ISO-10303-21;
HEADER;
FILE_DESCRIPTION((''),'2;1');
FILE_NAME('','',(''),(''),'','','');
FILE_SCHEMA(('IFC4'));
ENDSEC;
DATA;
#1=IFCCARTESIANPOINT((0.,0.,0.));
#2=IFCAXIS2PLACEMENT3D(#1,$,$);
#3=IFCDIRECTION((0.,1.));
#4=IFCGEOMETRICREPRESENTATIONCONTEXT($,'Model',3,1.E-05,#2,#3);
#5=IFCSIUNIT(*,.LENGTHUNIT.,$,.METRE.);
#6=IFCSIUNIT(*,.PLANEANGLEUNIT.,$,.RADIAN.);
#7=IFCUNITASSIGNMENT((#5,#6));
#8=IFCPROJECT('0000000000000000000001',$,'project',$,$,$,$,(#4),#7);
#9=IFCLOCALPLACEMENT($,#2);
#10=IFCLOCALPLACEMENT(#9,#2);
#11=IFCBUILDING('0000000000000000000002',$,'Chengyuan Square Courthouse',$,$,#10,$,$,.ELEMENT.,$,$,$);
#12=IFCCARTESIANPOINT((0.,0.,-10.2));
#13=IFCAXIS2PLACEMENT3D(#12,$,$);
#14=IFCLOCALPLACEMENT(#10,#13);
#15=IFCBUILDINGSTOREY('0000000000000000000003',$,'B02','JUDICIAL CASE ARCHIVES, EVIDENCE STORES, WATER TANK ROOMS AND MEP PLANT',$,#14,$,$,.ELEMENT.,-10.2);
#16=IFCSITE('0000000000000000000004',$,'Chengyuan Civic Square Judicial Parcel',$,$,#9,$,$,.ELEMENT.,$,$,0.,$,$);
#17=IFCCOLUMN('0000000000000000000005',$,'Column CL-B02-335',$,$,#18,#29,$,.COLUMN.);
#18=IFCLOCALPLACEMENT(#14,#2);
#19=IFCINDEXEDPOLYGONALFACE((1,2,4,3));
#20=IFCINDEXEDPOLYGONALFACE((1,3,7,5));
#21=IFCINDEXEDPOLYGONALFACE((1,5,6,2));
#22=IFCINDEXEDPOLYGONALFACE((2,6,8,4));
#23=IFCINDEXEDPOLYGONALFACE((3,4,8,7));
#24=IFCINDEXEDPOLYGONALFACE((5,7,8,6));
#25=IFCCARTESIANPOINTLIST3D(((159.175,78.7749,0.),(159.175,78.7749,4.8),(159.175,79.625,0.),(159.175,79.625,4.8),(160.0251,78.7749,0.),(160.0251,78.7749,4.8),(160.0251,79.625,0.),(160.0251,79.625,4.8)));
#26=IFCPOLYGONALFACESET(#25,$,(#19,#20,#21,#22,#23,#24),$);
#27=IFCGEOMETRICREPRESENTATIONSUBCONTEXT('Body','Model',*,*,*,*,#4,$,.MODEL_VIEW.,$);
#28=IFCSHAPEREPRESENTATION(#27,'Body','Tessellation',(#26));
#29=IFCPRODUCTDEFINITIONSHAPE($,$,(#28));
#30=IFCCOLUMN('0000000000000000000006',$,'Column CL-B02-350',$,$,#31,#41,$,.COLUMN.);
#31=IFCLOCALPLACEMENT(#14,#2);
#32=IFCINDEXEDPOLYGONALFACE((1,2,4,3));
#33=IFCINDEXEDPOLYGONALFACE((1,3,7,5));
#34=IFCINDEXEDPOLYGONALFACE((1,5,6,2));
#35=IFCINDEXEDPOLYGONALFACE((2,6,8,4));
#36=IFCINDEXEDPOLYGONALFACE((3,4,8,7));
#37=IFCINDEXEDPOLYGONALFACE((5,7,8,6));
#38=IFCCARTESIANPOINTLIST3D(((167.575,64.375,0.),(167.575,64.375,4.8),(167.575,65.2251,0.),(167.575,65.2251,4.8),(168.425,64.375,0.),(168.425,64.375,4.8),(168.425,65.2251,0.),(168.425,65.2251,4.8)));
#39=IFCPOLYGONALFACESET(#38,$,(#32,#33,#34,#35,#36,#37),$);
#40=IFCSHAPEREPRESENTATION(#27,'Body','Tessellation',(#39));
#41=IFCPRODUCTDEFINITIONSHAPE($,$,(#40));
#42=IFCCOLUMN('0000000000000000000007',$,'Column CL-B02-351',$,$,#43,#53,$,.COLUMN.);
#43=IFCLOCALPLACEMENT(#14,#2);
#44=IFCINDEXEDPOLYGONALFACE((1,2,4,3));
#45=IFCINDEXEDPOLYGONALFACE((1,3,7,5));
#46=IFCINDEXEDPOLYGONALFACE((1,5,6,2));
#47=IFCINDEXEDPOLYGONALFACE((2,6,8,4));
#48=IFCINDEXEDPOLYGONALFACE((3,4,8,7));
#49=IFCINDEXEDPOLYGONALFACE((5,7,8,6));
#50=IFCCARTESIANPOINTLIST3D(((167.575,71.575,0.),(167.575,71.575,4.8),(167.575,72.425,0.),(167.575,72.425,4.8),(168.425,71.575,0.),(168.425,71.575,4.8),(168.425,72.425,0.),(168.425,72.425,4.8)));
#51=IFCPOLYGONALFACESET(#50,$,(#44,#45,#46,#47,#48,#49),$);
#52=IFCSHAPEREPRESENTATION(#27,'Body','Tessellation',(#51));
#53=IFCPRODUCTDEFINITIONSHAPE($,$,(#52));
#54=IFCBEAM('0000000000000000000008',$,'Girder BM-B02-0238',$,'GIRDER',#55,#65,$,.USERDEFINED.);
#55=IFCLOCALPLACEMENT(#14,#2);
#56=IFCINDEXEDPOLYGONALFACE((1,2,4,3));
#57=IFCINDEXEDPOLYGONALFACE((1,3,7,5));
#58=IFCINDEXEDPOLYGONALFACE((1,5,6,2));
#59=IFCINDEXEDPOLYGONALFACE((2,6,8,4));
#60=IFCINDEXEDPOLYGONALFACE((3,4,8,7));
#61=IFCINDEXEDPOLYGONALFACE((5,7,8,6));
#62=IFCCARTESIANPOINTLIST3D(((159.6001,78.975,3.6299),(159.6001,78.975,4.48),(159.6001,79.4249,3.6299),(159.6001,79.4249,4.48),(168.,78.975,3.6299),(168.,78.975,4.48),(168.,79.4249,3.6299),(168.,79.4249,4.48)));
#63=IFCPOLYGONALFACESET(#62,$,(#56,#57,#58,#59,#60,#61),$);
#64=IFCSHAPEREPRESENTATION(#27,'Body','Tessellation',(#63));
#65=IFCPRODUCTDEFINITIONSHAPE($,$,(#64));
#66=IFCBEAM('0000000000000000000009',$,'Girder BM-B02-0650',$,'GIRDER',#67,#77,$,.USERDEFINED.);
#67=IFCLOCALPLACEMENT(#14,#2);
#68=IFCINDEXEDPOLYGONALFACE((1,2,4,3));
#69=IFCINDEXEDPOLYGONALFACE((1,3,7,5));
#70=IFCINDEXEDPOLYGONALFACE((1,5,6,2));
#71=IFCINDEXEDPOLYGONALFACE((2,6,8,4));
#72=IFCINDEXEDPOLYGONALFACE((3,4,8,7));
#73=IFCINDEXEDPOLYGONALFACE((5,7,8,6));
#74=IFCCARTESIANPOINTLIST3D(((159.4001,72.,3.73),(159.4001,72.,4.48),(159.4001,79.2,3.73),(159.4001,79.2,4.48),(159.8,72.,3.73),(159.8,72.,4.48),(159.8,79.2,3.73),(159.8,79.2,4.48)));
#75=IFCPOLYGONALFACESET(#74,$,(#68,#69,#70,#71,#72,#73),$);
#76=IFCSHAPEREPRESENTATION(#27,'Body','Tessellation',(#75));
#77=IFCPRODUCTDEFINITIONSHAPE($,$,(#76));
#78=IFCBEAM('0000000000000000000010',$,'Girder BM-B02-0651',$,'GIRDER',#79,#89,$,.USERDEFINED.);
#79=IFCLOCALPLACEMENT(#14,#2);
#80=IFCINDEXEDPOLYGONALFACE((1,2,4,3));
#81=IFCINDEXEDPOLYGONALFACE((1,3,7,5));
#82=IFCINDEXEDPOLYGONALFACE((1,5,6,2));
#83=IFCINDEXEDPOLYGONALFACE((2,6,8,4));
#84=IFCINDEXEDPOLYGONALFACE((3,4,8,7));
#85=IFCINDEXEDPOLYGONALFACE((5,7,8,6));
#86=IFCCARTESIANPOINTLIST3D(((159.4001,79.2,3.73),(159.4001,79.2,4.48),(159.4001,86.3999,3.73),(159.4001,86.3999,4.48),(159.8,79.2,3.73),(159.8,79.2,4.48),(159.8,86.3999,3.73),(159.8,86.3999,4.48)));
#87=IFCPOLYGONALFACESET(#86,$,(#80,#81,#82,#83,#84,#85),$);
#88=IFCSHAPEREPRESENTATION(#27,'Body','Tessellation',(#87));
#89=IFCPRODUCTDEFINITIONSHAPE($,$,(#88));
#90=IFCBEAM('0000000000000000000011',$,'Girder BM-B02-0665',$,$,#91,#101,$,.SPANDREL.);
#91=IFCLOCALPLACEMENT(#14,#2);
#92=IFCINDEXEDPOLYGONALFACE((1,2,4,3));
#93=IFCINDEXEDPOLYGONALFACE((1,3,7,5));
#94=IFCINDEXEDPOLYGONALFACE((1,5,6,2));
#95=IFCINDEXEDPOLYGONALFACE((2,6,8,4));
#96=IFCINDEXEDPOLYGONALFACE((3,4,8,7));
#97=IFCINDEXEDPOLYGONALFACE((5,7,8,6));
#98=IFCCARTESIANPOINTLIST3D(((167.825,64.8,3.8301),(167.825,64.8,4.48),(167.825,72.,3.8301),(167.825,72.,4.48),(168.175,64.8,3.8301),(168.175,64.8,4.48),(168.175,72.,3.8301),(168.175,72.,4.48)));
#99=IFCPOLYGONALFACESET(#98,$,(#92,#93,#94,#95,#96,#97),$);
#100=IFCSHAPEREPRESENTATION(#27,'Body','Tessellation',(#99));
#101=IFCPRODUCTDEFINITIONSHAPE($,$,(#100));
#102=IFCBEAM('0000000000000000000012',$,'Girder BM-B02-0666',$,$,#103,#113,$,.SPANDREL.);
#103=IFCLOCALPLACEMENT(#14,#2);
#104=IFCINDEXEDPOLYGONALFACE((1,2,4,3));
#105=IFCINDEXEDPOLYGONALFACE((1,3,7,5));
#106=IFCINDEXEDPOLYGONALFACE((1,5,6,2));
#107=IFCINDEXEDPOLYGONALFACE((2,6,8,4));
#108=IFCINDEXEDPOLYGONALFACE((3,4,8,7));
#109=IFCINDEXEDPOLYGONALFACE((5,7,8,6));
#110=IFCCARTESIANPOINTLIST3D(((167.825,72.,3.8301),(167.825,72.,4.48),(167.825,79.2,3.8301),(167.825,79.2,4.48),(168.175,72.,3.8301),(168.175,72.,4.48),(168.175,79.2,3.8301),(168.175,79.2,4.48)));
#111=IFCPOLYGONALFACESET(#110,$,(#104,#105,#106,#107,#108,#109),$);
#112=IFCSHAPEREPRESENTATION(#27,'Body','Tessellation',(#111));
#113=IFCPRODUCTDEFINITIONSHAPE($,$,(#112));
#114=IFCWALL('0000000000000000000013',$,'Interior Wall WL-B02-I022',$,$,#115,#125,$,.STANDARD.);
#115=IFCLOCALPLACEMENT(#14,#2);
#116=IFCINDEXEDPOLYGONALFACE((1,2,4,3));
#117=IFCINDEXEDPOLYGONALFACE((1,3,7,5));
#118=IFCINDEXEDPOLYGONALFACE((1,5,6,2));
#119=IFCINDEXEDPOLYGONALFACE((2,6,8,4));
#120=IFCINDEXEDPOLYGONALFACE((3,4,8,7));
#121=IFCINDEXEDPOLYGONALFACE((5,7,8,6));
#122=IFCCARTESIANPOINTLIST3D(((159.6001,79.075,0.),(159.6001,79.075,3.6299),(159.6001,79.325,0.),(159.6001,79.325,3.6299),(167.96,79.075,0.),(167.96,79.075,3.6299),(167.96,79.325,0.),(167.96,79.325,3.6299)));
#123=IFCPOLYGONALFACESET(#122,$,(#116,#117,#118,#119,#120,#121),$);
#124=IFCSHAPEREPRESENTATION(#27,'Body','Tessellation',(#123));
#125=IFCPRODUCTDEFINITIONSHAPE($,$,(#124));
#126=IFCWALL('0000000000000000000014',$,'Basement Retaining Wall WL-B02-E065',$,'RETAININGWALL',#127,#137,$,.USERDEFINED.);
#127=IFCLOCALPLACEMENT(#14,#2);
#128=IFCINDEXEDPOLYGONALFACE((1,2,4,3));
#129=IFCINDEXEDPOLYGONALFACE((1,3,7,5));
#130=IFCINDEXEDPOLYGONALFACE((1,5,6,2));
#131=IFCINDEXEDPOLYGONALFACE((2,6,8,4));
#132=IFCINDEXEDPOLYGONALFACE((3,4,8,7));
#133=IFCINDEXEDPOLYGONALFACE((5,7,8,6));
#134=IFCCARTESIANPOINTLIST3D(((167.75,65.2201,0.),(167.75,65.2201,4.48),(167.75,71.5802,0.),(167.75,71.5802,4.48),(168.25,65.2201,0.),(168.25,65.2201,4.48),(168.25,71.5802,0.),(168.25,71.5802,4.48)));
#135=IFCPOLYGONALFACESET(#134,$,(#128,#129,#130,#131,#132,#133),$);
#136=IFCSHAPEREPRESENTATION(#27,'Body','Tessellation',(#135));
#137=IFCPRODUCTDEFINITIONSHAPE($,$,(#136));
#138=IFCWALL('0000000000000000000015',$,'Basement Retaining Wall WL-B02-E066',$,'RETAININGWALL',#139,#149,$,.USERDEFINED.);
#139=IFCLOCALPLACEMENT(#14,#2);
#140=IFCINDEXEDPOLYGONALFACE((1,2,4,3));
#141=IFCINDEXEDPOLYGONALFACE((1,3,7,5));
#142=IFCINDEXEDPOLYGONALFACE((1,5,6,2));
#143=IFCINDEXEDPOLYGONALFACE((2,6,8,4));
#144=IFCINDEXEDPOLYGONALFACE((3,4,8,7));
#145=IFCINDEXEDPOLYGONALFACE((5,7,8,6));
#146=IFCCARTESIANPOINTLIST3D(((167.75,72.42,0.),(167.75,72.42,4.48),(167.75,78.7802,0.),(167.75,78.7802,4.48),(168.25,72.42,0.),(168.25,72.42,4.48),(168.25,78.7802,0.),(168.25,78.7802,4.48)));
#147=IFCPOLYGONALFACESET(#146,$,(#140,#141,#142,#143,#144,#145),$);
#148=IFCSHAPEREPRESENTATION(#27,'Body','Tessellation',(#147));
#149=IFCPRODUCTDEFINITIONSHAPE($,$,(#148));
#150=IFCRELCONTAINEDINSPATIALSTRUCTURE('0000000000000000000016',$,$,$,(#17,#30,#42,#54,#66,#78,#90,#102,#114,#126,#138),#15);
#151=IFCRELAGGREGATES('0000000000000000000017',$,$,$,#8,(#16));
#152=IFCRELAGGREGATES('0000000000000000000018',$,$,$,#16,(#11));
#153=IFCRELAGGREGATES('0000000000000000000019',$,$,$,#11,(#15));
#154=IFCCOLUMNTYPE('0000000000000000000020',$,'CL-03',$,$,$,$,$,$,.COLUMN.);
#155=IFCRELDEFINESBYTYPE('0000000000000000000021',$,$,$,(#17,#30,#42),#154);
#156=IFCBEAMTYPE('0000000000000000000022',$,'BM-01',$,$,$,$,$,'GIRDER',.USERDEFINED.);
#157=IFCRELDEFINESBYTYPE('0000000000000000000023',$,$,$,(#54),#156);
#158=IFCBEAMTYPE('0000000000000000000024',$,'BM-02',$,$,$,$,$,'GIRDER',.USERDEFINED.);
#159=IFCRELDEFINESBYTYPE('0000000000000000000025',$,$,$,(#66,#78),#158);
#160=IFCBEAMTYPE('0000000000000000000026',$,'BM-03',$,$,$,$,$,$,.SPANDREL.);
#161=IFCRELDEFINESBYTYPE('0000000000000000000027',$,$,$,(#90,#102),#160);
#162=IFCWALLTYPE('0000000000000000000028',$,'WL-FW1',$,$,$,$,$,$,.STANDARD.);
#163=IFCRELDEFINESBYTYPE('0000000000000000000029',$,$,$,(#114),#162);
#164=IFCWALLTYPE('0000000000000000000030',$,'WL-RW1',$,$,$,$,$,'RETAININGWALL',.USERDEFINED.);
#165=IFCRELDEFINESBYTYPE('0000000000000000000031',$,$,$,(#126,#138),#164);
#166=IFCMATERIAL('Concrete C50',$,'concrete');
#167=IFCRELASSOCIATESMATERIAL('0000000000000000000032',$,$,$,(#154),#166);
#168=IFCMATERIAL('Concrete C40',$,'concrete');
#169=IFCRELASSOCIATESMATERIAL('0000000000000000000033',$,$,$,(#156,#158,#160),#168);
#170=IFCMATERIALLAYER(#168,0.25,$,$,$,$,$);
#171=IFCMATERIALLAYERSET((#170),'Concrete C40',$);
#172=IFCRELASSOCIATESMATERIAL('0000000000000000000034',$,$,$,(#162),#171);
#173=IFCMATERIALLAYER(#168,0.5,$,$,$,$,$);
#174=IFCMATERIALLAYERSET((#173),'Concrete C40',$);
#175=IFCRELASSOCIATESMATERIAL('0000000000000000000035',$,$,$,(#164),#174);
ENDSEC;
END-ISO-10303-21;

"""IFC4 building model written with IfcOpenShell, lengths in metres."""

from ifc_helpers import new_model, si_unit, direction, frame, frame_2d, origin, origin_2d, place, context, subcontext, project, spatial, rectangle, extrude, material, layer, layer_set, material_profile, profile_set, type_object, element, save


model = new_model("IFC4")

# Units and contexts
model_context = context("Model", 3, precision=1e-05, world=origin(), true_north=direction((0.0, 1.0)))
body_context = subcontext(model_context, "Body", "Model", "MODEL_VIEW")
ifc_project = project(units=[si_unit("LENGTHUNIT", "METRE"), si_unit("PLANEANGLEUNIT", "RADIAN")], contexts=[model_context])

# Site, building, storey
site_placement = place(None, origin())
site = spatial("IfcSite", under=ifc_project, at=site_placement, Name="Chengyuan Civic Square Judicial Parcel", CompositionType="ELEMENT", RefElevation=0.0)
building_placement = place(site_placement, origin())
building = spatial("IfcBuilding", under=site, at=building_placement, Name="Chengyuan Square Courthouse", CompositionType="ELEMENT")
storey_placement = place(building_placement, frame((0.0, 0.0, -10.2)))
storey = spatial("IfcBuildingStorey", under=building, at=storey_placement, Name="B02", Description="JUDICIAL CASE ARCHIVES, EVIDENCE STORES, WATER TANK ROOMS AND MEP PLANT", CompositionType="ELEMENT", Elevation=-10.2)

# Shared definitions
ifc_material_1 = material(Name="Concrete C40", Category="concrete")

# Columns
ifc_material_2 = material(Name="Concrete C50", Category="concrete")
ifc_material_profile_1 = material_profile(ifc_material_2, rectangle(XDim=0.8501, YDim=0.8501, at=origin_2d()), Name="RC-COL-850x850")
ifc_profile_set_1 = profile_set([ifc_material_profile_1], Name="Concrete C50")
column_type = type_object("IfcColumnType", Name="CL-03", PredefinedType="COLUMN", material=ifc_profile_set_1)
for number, where, z_axis, x_axis, name in (
    (1, (159.6001, 79.2, 0.0), (0.0, 0.0, 1.0), (1.0, 0.0, 0.0), "Column CL-B02-335"),
    (2, (168.0, 64.8, 0.0), (0.0, 0.0, 1.0), (1.0, 0.0, 0.0), "Column CL-B02-350"),
    (3, (168.0, 72.0, 0.0), (0.0, 0.0, 1.0), (1.0, 0.0, 0.0), "Column CL-B02-351"),
):
    element("IfcColumn", number, at=place(storey_placement, frame(where, z_axis=z_axis, x_axis=x_axis)), inside=storey, type_object=column_type, Name=name, PredefinedType="COLUMN", context=body_context, shape_type="SweptSolid", body=[
        extrude(rectangle(XDim=0.8501, YDim=0.8501, at=origin_2d()), origin(), (0.0, 0.0, 1.0), 4.8),
    ])

# Beams
ifc_material_profile_2 = material_profile(ifc_material_1, rectangle(XDim=0.45, YDim=0.8501, at=origin_2d()), Name="RC-BM-450x850")
ifc_profile_set_2 = profile_set([ifc_material_profile_2], Name="Concrete C40")
beam_type_1 = type_object("IfcBeamType", Name="BM-01", ElementType="GIRDER", PredefinedType="USERDEFINED", material=ifc_profile_set_2)
beam_placement = place(storey_placement, frame((159.6001, 79.2, 4.0549), z_axis=(1.0, 0.0, 0.0), x_axis=(0.0, 1.0, 0.0)))
element("IfcBeam", 4, at=beam_placement, inside=storey, type_object=beam_type_1, Name="Girder BM-B02-0238", ObjectType="GIRDER", PredefinedType="USERDEFINED", context=body_context, shape_type="SweptSolid", body=[
    extrude(rectangle(XDim=0.45, YDim=0.8501, at=origin_2d()), origin(), (0.0, 0.0, 1.0), 8.3999),
])
ifc_material_profile_3 = material_profile(ifc_material_1, rectangle(XDim=0.3999, YDim=0.75, at=origin_2d()), Name="RC-BM-400x750")
ifc_profile_set_3 = profile_set([ifc_material_profile_3], Name="Concrete C40")
beam_type_2 = type_object("IfcBeamType", Name="BM-02", ElementType="GIRDER", PredefinedType="USERDEFINED", material=ifc_profile_set_3)
for number, where, z_axis, x_axis, name in (
    (5, (159.6001, 72.0, 4.105), (0.0, 1.0, 0.0), (-1.0, 0.0, 0.0), "Girder BM-B02-0650"),
    (6, (159.6001, 79.2, 4.105), (0.0, 1.0, 0.0), (-1.0, 0.0, 0.0), "Girder BM-B02-0651"),
):
    element("IfcBeam", number, at=place(storey_placement, frame(where, z_axis=z_axis, x_axis=x_axis)), inside=storey, type_object=beam_type_2, Name=name, ObjectType="GIRDER", PredefinedType="USERDEFINED", context=body_context, shape_type="SweptSolid", body=[
        extrude(rectangle(XDim=0.3999, YDim=0.75, at=origin_2d()), origin(), (0.0, 0.0, 1.0), 7.2),
    ])
ifc_material_profile_4 = material_profile(ifc_material_1, rectangle(XDim=0.3501, YDim=0.6499, at=origin_2d()), Name="RC-BM-350x650")
ifc_profile_set_4 = profile_set([ifc_material_profile_4], Name="Concrete C40")
beam_type_3 = type_object("IfcBeamType", Name="BM-03", PredefinedType="SPANDREL", material=ifc_profile_set_4)
for number, where, z_axis, x_axis, name in (
    (7, (168.0, 64.8, 4.155), (0.0, 1.0, 0.0), (-1.0, 0.0, 0.0), "Girder BM-B02-0665"),
    (8, (168.0, 72.0, 4.155), (0.0, 1.0, 0.0), (-1.0, 0.0, 0.0), "Girder BM-B02-0666"),
):
    element("IfcBeam", number, at=place(storey_placement, frame(where, z_axis=z_axis, x_axis=x_axis)), inside=storey, type_object=beam_type_3, Name=name, PredefinedType="SPANDREL", context=body_context, shape_type="SweptSolid", body=[
        extrude(rectangle(XDim=0.3501, YDim=0.6499, at=origin_2d()), origin(), (0.0, 0.0, 1.0), 7.2),
    ])

# Walls
ifc_layer_1 = layer(ifc_material_1, 0.25)
ifc_layer_set_1 = layer_set([ifc_layer_1], Name="Concrete C40")
wall_type_1 = type_object("IfcWallType", Name="WL-FW1", PredefinedType="STANDARD", material=ifc_layer_set_1)
wall_placement = place(storey_placement, frame((159.6001, 79.2, 0.0), z_axis=(0.0, 0.0, 1.0), x_axis=(1.0, 0.0, 0.0)))
element("IfcWall", 9, at=wall_placement, inside=storey, type_object=wall_type_1, Name="Interior Wall WL-B02-I022", PredefinedType="STANDARD", context=body_context, shape_type="SweptSolid", body=[
    extrude(rectangle(XDim=8.3599, YDim=0.25, at=frame_2d((4.1799, 0.0))), origin(), (0.0, 0.0, 1.0), 3.6299),
])
ifc_layer_2 = layer(ifc_material_1, 0.5)
ifc_layer_set_2 = layer_set([ifc_layer_2], Name="Concrete C40")
wall_type_2 = type_object("IfcWallType", Name="WL-RW1", ElementType="RETAININGWALL", PredefinedType="USERDEFINED", material=ifc_layer_set_2)
for number, where, z_axis, x_axis, name in (
    (10, (168.0, 65.22, 0.0), (0.0, 0.0, 1.0), (0.0, 1.0, 0.0), "Basement Retaining Wall WL-B02-E065"),
    (11, (168.0, 72.4199, 0.0), (0.0, 0.0, 1.0), (0.0, 1.0, 0.0), "Basement Retaining Wall WL-B02-E066"),
):
    element("IfcWall", number, at=place(storey_placement, frame(where, z_axis=z_axis, x_axis=x_axis)), inside=storey, type_object=wall_type_2, Name=name, ObjectType="RETAININGWALL", PredefinedType="USERDEFINED", context=body_context, shape_type="SweptSolid", body=[
        extrude(rectangle(XDim=6.3601, YDim=0.5, at=frame_2d((3.1802, 0.0))), origin(), (0.0, 0.0, 1.0), 4.48),
    ])

save(model, "model.ifc")
